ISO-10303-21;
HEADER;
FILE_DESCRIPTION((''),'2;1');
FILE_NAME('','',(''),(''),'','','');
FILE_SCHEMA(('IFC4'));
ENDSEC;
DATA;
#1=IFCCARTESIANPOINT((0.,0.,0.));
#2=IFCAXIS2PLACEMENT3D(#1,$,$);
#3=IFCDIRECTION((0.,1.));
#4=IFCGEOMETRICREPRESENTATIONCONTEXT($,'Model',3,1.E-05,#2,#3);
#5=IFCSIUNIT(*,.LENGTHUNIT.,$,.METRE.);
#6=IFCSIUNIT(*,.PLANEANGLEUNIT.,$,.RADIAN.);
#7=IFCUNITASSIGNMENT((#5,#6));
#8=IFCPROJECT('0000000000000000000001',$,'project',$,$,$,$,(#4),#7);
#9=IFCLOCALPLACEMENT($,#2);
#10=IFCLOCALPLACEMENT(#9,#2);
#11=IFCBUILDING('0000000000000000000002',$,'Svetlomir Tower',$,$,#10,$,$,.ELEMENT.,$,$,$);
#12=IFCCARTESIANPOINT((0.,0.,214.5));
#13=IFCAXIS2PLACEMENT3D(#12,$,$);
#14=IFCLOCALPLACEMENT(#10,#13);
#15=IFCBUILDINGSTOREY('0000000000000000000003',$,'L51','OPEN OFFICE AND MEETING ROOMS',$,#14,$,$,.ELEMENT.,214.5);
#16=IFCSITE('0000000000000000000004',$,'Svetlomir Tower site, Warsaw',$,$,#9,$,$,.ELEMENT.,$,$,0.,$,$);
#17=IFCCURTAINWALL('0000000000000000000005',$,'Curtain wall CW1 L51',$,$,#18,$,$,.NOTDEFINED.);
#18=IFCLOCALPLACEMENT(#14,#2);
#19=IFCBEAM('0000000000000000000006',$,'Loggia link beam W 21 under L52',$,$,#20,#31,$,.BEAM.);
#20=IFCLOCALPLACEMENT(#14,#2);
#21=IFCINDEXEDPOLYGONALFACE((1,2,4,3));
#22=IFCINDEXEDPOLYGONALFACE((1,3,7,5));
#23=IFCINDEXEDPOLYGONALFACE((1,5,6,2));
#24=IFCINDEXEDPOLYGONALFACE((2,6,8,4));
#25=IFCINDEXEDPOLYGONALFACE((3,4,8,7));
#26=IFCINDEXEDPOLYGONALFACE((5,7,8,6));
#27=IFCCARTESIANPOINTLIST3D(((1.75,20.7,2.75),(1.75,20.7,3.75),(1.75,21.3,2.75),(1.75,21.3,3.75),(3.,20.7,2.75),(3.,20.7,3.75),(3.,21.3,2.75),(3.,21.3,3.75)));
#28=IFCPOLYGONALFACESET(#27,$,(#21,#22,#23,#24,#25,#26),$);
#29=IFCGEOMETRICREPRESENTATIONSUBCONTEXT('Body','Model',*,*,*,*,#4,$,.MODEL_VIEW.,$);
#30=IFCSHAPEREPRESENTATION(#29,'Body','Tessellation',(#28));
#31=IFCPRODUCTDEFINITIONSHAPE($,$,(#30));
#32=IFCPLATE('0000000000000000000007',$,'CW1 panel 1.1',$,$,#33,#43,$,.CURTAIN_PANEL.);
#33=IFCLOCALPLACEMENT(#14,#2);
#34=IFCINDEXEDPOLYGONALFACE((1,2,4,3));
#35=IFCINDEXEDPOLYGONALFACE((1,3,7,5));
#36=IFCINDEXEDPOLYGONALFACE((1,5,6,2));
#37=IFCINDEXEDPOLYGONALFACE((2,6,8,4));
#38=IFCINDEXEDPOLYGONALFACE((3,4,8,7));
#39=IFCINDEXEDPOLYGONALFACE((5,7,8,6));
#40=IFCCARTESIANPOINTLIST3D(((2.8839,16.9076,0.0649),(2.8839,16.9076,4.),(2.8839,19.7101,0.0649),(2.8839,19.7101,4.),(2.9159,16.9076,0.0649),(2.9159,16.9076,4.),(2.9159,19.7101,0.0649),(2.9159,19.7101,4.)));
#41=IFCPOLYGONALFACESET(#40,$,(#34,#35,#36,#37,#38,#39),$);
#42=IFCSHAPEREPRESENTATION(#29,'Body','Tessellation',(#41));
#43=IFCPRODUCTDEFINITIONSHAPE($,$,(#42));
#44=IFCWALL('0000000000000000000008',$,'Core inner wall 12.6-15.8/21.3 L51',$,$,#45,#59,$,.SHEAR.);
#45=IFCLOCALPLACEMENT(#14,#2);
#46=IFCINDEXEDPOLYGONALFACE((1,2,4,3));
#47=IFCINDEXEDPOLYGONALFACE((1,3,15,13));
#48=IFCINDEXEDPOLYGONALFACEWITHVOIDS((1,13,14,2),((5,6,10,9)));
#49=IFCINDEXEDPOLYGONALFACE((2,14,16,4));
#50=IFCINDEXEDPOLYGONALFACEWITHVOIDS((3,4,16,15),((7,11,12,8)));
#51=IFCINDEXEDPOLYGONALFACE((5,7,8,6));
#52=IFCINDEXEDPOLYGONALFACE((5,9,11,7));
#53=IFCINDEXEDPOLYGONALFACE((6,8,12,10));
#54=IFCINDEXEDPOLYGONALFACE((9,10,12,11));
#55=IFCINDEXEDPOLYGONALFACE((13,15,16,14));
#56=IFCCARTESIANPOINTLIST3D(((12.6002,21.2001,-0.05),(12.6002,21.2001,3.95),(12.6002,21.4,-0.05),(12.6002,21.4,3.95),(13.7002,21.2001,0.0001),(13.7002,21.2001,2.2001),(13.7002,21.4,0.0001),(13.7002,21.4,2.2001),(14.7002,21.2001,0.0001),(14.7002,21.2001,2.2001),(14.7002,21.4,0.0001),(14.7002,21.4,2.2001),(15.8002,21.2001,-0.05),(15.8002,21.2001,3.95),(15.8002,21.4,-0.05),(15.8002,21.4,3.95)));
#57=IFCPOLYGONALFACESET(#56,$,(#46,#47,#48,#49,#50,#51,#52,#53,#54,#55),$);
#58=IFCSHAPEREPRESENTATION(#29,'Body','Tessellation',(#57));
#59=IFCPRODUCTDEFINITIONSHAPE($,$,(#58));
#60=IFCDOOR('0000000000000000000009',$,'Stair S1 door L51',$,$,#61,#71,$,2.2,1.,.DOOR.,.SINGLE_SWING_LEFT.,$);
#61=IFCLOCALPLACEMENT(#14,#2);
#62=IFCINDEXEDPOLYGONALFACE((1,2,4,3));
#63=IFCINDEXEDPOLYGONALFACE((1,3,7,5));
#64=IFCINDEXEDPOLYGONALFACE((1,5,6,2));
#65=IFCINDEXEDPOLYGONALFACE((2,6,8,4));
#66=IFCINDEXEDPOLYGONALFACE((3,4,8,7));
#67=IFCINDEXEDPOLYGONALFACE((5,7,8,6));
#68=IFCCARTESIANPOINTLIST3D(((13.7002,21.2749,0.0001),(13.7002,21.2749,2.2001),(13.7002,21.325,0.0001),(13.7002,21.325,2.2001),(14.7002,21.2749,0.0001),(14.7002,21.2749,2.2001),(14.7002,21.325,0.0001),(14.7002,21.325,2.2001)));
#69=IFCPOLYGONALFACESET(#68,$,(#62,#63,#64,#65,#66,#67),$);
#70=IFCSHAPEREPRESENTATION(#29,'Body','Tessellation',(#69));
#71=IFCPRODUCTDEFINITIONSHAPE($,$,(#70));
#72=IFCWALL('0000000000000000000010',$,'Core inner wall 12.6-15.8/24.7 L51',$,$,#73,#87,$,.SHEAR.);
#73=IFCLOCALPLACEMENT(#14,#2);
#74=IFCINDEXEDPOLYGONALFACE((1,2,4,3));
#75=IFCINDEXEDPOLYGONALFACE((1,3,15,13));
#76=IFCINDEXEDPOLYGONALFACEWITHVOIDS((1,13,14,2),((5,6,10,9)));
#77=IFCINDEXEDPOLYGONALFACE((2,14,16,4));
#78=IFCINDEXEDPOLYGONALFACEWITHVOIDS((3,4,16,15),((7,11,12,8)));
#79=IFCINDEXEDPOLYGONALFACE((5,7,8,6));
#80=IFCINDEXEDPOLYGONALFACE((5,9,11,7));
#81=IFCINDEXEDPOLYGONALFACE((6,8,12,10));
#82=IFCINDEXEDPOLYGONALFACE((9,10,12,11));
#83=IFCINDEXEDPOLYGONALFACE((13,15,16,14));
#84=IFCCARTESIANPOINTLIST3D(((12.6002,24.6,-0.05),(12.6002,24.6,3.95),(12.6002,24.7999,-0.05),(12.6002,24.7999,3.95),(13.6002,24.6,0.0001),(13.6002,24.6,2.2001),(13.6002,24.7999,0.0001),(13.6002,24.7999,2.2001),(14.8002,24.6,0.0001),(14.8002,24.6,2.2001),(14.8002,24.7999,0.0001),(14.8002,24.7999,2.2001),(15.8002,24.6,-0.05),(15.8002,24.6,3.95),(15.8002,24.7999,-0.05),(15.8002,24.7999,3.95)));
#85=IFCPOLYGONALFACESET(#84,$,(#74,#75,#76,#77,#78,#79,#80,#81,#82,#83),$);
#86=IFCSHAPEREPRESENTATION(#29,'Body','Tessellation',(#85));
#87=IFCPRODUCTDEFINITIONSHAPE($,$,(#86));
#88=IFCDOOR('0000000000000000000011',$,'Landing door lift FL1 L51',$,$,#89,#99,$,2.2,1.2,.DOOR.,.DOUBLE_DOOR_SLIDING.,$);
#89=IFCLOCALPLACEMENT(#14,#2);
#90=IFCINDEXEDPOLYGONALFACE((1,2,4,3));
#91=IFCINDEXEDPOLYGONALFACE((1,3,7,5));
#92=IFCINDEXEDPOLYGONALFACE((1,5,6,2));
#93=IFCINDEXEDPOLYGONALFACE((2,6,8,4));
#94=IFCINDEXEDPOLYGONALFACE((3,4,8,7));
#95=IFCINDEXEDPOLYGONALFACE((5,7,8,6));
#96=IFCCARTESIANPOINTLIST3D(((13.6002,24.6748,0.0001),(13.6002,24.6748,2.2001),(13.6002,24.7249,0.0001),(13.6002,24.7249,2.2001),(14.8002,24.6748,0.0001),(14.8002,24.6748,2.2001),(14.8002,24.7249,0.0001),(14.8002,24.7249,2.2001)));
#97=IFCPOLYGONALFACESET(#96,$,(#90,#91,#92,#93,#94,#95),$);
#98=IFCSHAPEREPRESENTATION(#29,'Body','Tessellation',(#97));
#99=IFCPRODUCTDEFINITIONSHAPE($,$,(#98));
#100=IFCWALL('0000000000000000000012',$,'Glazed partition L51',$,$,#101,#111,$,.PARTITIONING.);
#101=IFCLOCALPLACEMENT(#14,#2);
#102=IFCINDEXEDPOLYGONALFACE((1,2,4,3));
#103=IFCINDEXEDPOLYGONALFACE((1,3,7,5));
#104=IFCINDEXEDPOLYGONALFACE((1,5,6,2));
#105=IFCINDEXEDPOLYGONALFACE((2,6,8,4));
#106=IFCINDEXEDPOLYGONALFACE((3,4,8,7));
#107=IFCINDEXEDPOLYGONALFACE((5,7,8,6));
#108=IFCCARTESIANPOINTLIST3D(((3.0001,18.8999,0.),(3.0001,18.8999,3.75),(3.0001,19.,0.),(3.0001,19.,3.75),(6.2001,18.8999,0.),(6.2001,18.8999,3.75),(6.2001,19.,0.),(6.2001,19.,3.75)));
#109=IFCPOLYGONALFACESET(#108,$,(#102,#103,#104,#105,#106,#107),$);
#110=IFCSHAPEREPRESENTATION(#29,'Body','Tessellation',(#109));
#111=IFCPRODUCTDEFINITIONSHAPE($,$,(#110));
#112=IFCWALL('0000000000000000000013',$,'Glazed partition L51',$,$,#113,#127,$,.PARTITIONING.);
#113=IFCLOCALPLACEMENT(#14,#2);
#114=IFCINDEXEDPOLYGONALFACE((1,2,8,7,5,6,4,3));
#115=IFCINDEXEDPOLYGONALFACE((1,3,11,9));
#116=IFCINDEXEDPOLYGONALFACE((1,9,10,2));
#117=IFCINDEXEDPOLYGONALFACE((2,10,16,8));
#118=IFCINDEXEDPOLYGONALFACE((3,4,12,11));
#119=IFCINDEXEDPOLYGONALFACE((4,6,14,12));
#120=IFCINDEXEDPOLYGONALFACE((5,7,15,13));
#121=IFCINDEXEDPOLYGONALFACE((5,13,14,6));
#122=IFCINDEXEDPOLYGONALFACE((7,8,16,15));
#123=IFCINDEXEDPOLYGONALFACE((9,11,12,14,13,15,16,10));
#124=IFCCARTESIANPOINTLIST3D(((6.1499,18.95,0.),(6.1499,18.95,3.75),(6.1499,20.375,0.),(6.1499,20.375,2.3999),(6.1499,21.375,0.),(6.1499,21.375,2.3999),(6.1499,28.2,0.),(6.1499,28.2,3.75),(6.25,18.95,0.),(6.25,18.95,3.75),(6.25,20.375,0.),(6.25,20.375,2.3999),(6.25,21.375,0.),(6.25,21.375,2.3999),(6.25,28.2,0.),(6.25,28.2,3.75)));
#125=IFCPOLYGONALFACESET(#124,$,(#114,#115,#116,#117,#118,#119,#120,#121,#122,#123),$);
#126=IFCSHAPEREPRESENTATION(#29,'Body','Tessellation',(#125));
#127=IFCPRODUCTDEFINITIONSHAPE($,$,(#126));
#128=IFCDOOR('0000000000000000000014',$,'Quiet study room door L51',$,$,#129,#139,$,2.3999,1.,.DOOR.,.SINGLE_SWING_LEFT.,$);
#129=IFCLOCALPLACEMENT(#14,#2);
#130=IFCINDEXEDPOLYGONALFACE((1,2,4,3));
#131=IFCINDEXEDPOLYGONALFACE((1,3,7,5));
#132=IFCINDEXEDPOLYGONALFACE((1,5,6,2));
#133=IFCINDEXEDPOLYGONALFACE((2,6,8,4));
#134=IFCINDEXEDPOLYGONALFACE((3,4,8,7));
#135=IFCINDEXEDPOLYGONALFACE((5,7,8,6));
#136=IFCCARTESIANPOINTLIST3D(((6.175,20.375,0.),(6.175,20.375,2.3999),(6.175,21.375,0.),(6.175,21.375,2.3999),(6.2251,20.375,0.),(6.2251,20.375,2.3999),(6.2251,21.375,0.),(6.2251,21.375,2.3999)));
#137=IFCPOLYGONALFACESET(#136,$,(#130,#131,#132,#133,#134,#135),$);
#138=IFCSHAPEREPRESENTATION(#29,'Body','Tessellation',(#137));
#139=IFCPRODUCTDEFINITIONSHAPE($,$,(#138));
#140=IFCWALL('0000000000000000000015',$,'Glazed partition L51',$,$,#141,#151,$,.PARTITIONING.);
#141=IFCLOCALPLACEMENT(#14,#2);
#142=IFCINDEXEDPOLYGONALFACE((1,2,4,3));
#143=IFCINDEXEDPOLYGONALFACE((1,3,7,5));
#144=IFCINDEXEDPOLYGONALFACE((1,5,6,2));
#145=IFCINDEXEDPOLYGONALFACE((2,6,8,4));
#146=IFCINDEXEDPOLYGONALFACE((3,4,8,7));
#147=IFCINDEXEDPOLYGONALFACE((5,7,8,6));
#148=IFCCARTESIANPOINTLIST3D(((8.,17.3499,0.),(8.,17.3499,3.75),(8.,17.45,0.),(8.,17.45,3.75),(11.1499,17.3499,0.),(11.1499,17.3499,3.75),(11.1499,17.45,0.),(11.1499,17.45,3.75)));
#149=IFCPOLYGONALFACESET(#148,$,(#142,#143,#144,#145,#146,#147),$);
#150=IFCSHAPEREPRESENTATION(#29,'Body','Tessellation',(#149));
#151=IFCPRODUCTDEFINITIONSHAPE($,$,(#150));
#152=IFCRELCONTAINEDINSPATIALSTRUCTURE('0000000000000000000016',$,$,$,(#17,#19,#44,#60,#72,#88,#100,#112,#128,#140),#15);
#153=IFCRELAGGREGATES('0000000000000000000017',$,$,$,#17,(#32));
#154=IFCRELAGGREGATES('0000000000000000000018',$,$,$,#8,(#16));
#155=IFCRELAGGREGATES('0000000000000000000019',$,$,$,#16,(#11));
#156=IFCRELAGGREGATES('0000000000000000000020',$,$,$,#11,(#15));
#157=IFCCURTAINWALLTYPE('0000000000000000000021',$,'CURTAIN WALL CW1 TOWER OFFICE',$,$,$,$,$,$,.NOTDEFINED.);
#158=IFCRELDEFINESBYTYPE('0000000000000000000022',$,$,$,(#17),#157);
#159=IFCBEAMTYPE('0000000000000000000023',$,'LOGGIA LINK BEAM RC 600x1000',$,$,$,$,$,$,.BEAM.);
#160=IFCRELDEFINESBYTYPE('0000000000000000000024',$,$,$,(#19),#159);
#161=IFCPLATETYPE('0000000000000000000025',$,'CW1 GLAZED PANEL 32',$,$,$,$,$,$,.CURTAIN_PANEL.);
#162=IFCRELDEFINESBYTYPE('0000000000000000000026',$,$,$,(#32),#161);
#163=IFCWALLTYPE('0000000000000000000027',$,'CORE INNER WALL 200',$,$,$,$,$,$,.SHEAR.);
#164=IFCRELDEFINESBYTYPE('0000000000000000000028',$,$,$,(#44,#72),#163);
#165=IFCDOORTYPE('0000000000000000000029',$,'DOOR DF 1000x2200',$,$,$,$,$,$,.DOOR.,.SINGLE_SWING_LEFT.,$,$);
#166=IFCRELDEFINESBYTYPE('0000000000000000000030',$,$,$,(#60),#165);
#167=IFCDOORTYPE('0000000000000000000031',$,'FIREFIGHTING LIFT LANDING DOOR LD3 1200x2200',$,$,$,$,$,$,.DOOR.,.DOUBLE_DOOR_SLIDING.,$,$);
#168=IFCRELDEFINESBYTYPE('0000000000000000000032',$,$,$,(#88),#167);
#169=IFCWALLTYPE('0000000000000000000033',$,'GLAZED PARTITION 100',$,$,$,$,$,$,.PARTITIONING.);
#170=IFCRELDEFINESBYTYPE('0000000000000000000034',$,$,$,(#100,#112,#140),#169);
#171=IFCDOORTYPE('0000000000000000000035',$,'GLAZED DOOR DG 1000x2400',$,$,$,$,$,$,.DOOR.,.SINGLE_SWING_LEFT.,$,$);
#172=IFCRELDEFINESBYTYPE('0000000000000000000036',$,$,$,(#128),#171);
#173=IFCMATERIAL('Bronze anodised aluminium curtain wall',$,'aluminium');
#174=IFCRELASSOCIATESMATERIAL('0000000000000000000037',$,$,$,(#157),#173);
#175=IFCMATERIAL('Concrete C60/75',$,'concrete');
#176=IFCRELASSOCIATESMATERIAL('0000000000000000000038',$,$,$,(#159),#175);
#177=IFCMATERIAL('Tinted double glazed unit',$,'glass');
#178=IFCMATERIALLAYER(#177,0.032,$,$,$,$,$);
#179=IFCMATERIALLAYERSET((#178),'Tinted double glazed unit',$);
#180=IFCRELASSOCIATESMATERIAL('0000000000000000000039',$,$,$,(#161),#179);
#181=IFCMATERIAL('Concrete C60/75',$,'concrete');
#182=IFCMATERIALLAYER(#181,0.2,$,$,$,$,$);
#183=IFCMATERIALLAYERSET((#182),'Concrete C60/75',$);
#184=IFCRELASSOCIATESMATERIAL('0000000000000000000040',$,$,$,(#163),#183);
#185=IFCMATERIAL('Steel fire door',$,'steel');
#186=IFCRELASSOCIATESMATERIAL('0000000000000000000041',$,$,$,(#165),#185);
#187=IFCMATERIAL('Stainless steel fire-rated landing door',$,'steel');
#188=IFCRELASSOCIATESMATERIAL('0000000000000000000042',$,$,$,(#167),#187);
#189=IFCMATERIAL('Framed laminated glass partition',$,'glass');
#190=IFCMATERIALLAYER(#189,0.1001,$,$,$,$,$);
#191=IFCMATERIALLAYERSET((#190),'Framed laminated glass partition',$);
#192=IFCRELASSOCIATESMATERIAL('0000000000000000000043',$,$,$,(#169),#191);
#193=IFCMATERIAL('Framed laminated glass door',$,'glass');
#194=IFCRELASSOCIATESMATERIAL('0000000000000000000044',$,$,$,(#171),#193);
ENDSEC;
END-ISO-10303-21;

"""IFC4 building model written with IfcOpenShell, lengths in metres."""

from ifc_helpers import new_model, si_unit, direction, frame, frame_2d, origin, origin_2d, place, context, subcontext, project, spatial, rectangle, extrude, material, layer, layer_set, material_profile, profile_set, type_object, element, fill, aggregate, save


model = new_model("IFC4")

# Units and contexts
model_context = context("Model", 3, precision=1e-05, world=origin(), true_north=direction((0.0, 1.0)))
body_context = subcontext(model_context, "Body", "Model", "MODEL_VIEW")
ifc_project = project(units=[si_unit("LENGTHUNIT", "METRE"), si_unit("PLANEANGLEUNIT", "RADIAN")], contexts=[model_context])

# Site, building, storey
site_placement = place(None, origin())
site = spatial("IfcSite", under=ifc_project, at=site_placement, Name="Svetlomir Tower site, Warsaw", CompositionType="ELEMENT", RefElevation=0.0)
building_placement = place(site_placement, origin())
building = spatial("IfcBuilding", under=site, at=building_placement, Name="Svetlomir Tower", CompositionType="ELEMENT")
storey_placement = place(building_placement, frame((0.0, 0.0, 214.5)))
storey = spatial("IfcBuildingStorey", under=building, at=storey_placement, Name="L51", Description="OPEN OFFICE AND MEETING ROOMS", CompositionType="ELEMENT", Elevation=214.5)

# Curtain wall
ifc_material_1 = material(Name="Bronze anodised aluminium curtain wall", Category="aluminium")
curtain_wall_type = type_object("IfcCurtainWallType", Name="CURTAIN WALL CW1 TOWER OFFICE", PredefinedType="NOTDEFINED", material=ifc_material_1)
curtain_wall_1_placement = place(storey_placement, origin())
curtain_wall_1 = element("IfcCurtainWall", 1, at=curtain_wall_1_placement, inside=storey, type_object=curtain_wall_type, Name="Curtain wall CW1 L51", PredefinedType="NOTDEFINED")

# Beam
ifc_material_2 = material(Name="Concrete C60/75", Category="concrete")
ifc_material_profile_1 = material_profile(ifc_material_2, rectangle(XDim=0.6001, YDim=1.0, at=origin_2d()), Name="RC 600x1000")
ifc_profile_set_1 = profile_set([ifc_material_profile_1], Name="Concrete C60/75")
beam_type_1 = type_object("IfcBeamType", Name="LOGGIA LINK BEAM RC 600x1000", PredefinedType="BEAM", material=ifc_profile_set_1)
beam_1_placement = place(storey_placement, frame((1.75, 21.0, 3.25), z_axis=(1.0, 0.0, 0.0), x_axis=(0.0, 1.0, 0.0)))
element("IfcBeam", 2, at=beam_1_placement, inside=storey, type_object=beam_type_1, Name="Loggia link beam W 21 under L52", PredefinedType="BEAM", context=body_context, shape_type="SweptSolid", body=[
    extrude(rectangle(XDim=0.6001, YDim=1.0, at=origin_2d()), origin(), (0.0, 0.0, 1.0), 1.25),
])

# Plate
ifc_material_3 = material(Name="Tinted double glazed unit", Category="glass")
ifc_layer_1 = layer(ifc_material_3, 0.032)
ifc_layer_set_1 = layer_set([ifc_layer_1], Name="Tinted double glazed unit")
plate_type = type_object("IfcPlateType", Name="CW1 GLAZED PANEL 32", PredefinedType="CURTAIN_PANEL", material=ifc_layer_set_1)
plate_placement = place(storey_placement, frame((2.8999, 18.3088, 0.0649), z_axis=(0.0, 0.0, 1.0), x_axis=(0.0, -1.0, 0.0)))
plate = element("IfcPlate", 3, at=plate_placement, type_object=plate_type, Name="CW1 panel 1.1", PredefinedType="CURTAIN_PANEL", context=body_context, shape_type="SweptSolid", body=[
    extrude(rectangle(XDim=2.8025, YDim=0.032, at=origin_2d()), origin(), (0.0, 0.0, 1.0), 3.9351),
])
aggregate(curtain_wall_1, [plate])

# Walls, openings, doors
ifc_material_4 = material(Name="Concrete C60/75", Category="concrete")
ifc_layer_2 = layer(ifc_material_4, 0.2)
ifc_layer_set_2 = layer_set([ifc_layer_2], Name="Concrete C60/75")
wall_type_1 = type_object("IfcWallType", Name="CORE INNER WALL 200", PredefinedType="SHEAR", material=ifc_layer_set_2)
wall_1_placement = place(storey_placement, frame((12.6001, 21.3, -0.05), z_axis=(0.0, 0.0, 1.0), x_axis=(1.0, 0.0, 0.0)))
wall_1 = element("IfcWall", 4, at=wall_1_placement, inside=storey, type_object=wall_type_1, Name="Core inner wall 12.6-15.8/21.3 L51", PredefinedType="SHEAR", context=body_context, shape_type="SweptSolid", body=[
    extrude(rectangle(XDim=3.2, YDim=0.2, at=frame_2d((1.6001, 0.0))), origin(), (0.0, 0.0, 1.0), 4.0),
])
opening_1_placement = place(wall_1_placement, frame((1.1001, 0.0, 0.05)))
opening_1 = element("IfcOpeningElement", 5, at=opening_1_placement, cuts=wall_1, PredefinedType="OPENING", context=body_context, shape_type="SweptSolid", body=[
    extrude(rectangle(XDim=1.0, YDim=2.2, at=frame_2d((0.5, 1.1001))), frame((0.0, 0.1099, 0.0), z_axis=(0.0, -1.0, 0.0), x_axis=(1.0, 0.0, 0.0)), (0.0, 0.0, 1.0), 0.22),
])
ifc_material_5 = material(Name="Steel fire door", Category="steel")
door_type_1 = type_object("IfcDoorType", Name="DOOR DF 1000x2200", OperationType="SINGLE_SWING_LEFT", PredefinedType="DOOR", material=ifc_material_5)
door_1_placement = place(opening_1_placement, origin())
door_1 = element("IfcDoor", 6, at=door_1_placement, inside=storey, type_object=door_type_1, Name="Stair S1 door L51", OperationType="SINGLE_SWING_LEFT", OverallHeight=2.2, OverallWidth=1.0, PredefinedType="DOOR", context=body_context, shape_type="SweptSolid", body=[
    extrude(rectangle(XDim=1.0, YDim=2.2, at=frame_2d((0.5, 1.1001))), frame((0.0, 0.0249, 0.0), z_axis=(0.0, -1.0, 0.0), x_axis=(1.0, 0.0, 0.0)), (0.0, 0.0, 1.0), 0.05),
])
fill(opening_1, door_1)
wall_2_placement = place(storey_placement, frame((12.6001, 24.7, -0.05), z_axis=(0.0, 0.0, 1.0), x_axis=(1.0, 0.0, 0.0)))
wall_2 = element("IfcWall", 7, at=wall_2_placement, inside=storey, type_object=wall_type_1, Name="Core inner wall 12.6-15.8/24.7 L51", PredefinedType="SHEAR", context=body_context, shape_type="SweptSolid", body=[
    extrude(rectangle(XDim=3.2, YDim=0.2, at=frame_2d((1.6001, 0.0))), origin(), (0.0, 0.0, 1.0), 4.0),
])
opening_2_placement = place(wall_2_placement, frame((1.0, 0.0, 0.05)))
opening_2 = element("IfcOpeningElement", 8, at=opening_2_placement, cuts=wall_2, PredefinedType="OPENING", context=body_context, shape_type="SweptSolid", body=[
    extrude(rectangle(XDim=1.2, YDim=2.2, at=frame_2d((0.6001, 1.1001))), frame((0.0, 0.1099, 0.0), z_axis=(0.0, -1.0, 0.0), x_axis=(1.0, 0.0, 0.0)), (0.0, 0.0, 1.0), 0.22),
])
ifc_material_6 = material(Name="Stainless steel fire-rated landing door", Category="steel")
door_type_2 = type_object("IfcDoorType", Name="FIREFIGHTING LIFT LANDING DOOR LD3 1200x2200", OperationType="DOUBLE_DOOR_SLIDING", PredefinedType="DOOR", material=ifc_material_6)
door_2_placement = place(opening_2_placement, origin())
door_2 = element("IfcDoor", 9, at=door_2_placement, inside=storey, type_object=door_type_2, Name="Landing door lift FL1 L51", OperationType="DOUBLE_DOOR_SLIDING", OverallHeight=2.2, OverallWidth=1.2, PredefinedType="DOOR", context=body_context, shape_type="SweptSolid", body=[
    extrude(rectangle(XDim=1.2, YDim=2.2, at=frame_2d((0.6001, 1.1001))), frame((0.0, 0.0249, 0.0), z_axis=(0.0, -1.0, 0.0), x_axis=(1.0, 0.0, 0.0)), (0.0, 0.0, 1.0), 0.05),
])
fill(opening_2, door_2)

# Wall
ifc_material_7 = material(Name="Framed laminated glass partition", Category="glass")
ifc_layer_3 = layer(ifc_material_7, 0.1001)
ifc_layer_set_3 = layer_set([ifc_layer_3], Name="Framed laminated glass partition")
wall_type_2 = type_object("IfcWallType", Name="GLAZED PARTITION 100", PredefinedType="PARTITIONING", material=ifc_layer_set_3)
wall_3_placement = place(storey_placement, frame((3.0, 18.95, 0.0), z_axis=(0.0, 0.0, 1.0), x_axis=(1.0, 0.0, 0.0)))
element("IfcWall", 10, at=wall_3_placement, inside=storey, type_object=wall_type_2, Name="Glazed partition L51", PredefinedType="PARTITIONING", context=body_context, shape_type="SweptSolid", body=[
    extrude(rectangle(XDim=3.2, YDim=0.1001, at=frame_2d((1.6001, 0.0))), origin(), (0.0, 0.0, 1.0), 3.75),
])

# Wall, opening, door
wall_4_placement = place(storey_placement, frame((6.2, 18.95, 0.0), z_axis=(0.0, 0.0, 1.0), x_axis=(0.0, 1.0, 0.0)))
wall_4 = element("IfcWall", 11, at=wall_4_placement, inside=storey, type_object=wall_type_2, Name="Glazed partition L51", PredefinedType="PARTITIONING", context=body_context, shape_type="SweptSolid", body=[
    extrude(rectangle(XDim=9.25, YDim=0.1001, at=frame_2d((4.625, 0.0))), origin(), (0.0, 0.0, 1.0), 3.75),
])
opening_3_placement = place(wall_4_placement, frame((1.425, 0.0, 0.0)))
opening_3 = element("IfcOpeningElement", 12, at=opening_3_placement, cuts=wall_4, PredefinedType="OPENING", context=body_context, shape_type="SweptSolid", body=[
    extrude(rectangle(XDim=1.0, YDim=2.3999, at=frame_2d((0.5, 1.2))), frame((0.0, 0.0601, 0.0), z_axis=(0.0, -1.0, 0.0), x_axis=(1.0, 0.0, 0.0)), (0.0, 0.0, 1.0), 0.1201),
])
ifc_material_8 = material(Name="Framed laminated glass door", Category="glass")
door_type_3 = type_object("IfcDoorType", Name="GLAZED DOOR DG 1000x2400", OperationType="SINGLE_SWING_LEFT", PredefinedType="DOOR", material=ifc_material_8)
door_3_placement = place(opening_3_placement, origin())
door_3 = element("IfcDoor", 13, at=door_3_placement, inside=storey, type_object=door_type_3, Name="Quiet study room door L51", OperationType="SINGLE_SWING_LEFT", OverallHeight=2.3999, OverallWidth=1.0, PredefinedType="DOOR", context=body_context, shape_type="SweptSolid", body=[
    extrude(rectangle(XDim=1.0, YDim=2.3999, at=frame_2d((0.5, 1.2))), frame((0.0, 0.0249, 0.0), z_axis=(0.0, -1.0, 0.0), x_axis=(1.0, 0.0, 0.0)), (0.0, 0.0, 1.0), 0.05),
])
fill(opening_3, door_3)

# Wall
wall_5_placement = place(storey_placement, frame((8.0, 17.3999, 0.0), z_axis=(0.0, 0.0, 1.0), x_axis=(1.0, 0.0, 0.0)))
element("IfcWall", 14, at=wall_5_placement, inside=storey, type_object=wall_type_2, Name="Glazed partition L51", PredefinedType="PARTITIONING", context=body_context, shape_type="SweptSolid", body=[
    extrude(rectangle(XDim=3.1499, YDim=0.1001, at=frame_2d((1.575, 0.0))), origin(), (0.0, 0.0, 1.0), 3.75),
])

save(model, "model.ifc")
